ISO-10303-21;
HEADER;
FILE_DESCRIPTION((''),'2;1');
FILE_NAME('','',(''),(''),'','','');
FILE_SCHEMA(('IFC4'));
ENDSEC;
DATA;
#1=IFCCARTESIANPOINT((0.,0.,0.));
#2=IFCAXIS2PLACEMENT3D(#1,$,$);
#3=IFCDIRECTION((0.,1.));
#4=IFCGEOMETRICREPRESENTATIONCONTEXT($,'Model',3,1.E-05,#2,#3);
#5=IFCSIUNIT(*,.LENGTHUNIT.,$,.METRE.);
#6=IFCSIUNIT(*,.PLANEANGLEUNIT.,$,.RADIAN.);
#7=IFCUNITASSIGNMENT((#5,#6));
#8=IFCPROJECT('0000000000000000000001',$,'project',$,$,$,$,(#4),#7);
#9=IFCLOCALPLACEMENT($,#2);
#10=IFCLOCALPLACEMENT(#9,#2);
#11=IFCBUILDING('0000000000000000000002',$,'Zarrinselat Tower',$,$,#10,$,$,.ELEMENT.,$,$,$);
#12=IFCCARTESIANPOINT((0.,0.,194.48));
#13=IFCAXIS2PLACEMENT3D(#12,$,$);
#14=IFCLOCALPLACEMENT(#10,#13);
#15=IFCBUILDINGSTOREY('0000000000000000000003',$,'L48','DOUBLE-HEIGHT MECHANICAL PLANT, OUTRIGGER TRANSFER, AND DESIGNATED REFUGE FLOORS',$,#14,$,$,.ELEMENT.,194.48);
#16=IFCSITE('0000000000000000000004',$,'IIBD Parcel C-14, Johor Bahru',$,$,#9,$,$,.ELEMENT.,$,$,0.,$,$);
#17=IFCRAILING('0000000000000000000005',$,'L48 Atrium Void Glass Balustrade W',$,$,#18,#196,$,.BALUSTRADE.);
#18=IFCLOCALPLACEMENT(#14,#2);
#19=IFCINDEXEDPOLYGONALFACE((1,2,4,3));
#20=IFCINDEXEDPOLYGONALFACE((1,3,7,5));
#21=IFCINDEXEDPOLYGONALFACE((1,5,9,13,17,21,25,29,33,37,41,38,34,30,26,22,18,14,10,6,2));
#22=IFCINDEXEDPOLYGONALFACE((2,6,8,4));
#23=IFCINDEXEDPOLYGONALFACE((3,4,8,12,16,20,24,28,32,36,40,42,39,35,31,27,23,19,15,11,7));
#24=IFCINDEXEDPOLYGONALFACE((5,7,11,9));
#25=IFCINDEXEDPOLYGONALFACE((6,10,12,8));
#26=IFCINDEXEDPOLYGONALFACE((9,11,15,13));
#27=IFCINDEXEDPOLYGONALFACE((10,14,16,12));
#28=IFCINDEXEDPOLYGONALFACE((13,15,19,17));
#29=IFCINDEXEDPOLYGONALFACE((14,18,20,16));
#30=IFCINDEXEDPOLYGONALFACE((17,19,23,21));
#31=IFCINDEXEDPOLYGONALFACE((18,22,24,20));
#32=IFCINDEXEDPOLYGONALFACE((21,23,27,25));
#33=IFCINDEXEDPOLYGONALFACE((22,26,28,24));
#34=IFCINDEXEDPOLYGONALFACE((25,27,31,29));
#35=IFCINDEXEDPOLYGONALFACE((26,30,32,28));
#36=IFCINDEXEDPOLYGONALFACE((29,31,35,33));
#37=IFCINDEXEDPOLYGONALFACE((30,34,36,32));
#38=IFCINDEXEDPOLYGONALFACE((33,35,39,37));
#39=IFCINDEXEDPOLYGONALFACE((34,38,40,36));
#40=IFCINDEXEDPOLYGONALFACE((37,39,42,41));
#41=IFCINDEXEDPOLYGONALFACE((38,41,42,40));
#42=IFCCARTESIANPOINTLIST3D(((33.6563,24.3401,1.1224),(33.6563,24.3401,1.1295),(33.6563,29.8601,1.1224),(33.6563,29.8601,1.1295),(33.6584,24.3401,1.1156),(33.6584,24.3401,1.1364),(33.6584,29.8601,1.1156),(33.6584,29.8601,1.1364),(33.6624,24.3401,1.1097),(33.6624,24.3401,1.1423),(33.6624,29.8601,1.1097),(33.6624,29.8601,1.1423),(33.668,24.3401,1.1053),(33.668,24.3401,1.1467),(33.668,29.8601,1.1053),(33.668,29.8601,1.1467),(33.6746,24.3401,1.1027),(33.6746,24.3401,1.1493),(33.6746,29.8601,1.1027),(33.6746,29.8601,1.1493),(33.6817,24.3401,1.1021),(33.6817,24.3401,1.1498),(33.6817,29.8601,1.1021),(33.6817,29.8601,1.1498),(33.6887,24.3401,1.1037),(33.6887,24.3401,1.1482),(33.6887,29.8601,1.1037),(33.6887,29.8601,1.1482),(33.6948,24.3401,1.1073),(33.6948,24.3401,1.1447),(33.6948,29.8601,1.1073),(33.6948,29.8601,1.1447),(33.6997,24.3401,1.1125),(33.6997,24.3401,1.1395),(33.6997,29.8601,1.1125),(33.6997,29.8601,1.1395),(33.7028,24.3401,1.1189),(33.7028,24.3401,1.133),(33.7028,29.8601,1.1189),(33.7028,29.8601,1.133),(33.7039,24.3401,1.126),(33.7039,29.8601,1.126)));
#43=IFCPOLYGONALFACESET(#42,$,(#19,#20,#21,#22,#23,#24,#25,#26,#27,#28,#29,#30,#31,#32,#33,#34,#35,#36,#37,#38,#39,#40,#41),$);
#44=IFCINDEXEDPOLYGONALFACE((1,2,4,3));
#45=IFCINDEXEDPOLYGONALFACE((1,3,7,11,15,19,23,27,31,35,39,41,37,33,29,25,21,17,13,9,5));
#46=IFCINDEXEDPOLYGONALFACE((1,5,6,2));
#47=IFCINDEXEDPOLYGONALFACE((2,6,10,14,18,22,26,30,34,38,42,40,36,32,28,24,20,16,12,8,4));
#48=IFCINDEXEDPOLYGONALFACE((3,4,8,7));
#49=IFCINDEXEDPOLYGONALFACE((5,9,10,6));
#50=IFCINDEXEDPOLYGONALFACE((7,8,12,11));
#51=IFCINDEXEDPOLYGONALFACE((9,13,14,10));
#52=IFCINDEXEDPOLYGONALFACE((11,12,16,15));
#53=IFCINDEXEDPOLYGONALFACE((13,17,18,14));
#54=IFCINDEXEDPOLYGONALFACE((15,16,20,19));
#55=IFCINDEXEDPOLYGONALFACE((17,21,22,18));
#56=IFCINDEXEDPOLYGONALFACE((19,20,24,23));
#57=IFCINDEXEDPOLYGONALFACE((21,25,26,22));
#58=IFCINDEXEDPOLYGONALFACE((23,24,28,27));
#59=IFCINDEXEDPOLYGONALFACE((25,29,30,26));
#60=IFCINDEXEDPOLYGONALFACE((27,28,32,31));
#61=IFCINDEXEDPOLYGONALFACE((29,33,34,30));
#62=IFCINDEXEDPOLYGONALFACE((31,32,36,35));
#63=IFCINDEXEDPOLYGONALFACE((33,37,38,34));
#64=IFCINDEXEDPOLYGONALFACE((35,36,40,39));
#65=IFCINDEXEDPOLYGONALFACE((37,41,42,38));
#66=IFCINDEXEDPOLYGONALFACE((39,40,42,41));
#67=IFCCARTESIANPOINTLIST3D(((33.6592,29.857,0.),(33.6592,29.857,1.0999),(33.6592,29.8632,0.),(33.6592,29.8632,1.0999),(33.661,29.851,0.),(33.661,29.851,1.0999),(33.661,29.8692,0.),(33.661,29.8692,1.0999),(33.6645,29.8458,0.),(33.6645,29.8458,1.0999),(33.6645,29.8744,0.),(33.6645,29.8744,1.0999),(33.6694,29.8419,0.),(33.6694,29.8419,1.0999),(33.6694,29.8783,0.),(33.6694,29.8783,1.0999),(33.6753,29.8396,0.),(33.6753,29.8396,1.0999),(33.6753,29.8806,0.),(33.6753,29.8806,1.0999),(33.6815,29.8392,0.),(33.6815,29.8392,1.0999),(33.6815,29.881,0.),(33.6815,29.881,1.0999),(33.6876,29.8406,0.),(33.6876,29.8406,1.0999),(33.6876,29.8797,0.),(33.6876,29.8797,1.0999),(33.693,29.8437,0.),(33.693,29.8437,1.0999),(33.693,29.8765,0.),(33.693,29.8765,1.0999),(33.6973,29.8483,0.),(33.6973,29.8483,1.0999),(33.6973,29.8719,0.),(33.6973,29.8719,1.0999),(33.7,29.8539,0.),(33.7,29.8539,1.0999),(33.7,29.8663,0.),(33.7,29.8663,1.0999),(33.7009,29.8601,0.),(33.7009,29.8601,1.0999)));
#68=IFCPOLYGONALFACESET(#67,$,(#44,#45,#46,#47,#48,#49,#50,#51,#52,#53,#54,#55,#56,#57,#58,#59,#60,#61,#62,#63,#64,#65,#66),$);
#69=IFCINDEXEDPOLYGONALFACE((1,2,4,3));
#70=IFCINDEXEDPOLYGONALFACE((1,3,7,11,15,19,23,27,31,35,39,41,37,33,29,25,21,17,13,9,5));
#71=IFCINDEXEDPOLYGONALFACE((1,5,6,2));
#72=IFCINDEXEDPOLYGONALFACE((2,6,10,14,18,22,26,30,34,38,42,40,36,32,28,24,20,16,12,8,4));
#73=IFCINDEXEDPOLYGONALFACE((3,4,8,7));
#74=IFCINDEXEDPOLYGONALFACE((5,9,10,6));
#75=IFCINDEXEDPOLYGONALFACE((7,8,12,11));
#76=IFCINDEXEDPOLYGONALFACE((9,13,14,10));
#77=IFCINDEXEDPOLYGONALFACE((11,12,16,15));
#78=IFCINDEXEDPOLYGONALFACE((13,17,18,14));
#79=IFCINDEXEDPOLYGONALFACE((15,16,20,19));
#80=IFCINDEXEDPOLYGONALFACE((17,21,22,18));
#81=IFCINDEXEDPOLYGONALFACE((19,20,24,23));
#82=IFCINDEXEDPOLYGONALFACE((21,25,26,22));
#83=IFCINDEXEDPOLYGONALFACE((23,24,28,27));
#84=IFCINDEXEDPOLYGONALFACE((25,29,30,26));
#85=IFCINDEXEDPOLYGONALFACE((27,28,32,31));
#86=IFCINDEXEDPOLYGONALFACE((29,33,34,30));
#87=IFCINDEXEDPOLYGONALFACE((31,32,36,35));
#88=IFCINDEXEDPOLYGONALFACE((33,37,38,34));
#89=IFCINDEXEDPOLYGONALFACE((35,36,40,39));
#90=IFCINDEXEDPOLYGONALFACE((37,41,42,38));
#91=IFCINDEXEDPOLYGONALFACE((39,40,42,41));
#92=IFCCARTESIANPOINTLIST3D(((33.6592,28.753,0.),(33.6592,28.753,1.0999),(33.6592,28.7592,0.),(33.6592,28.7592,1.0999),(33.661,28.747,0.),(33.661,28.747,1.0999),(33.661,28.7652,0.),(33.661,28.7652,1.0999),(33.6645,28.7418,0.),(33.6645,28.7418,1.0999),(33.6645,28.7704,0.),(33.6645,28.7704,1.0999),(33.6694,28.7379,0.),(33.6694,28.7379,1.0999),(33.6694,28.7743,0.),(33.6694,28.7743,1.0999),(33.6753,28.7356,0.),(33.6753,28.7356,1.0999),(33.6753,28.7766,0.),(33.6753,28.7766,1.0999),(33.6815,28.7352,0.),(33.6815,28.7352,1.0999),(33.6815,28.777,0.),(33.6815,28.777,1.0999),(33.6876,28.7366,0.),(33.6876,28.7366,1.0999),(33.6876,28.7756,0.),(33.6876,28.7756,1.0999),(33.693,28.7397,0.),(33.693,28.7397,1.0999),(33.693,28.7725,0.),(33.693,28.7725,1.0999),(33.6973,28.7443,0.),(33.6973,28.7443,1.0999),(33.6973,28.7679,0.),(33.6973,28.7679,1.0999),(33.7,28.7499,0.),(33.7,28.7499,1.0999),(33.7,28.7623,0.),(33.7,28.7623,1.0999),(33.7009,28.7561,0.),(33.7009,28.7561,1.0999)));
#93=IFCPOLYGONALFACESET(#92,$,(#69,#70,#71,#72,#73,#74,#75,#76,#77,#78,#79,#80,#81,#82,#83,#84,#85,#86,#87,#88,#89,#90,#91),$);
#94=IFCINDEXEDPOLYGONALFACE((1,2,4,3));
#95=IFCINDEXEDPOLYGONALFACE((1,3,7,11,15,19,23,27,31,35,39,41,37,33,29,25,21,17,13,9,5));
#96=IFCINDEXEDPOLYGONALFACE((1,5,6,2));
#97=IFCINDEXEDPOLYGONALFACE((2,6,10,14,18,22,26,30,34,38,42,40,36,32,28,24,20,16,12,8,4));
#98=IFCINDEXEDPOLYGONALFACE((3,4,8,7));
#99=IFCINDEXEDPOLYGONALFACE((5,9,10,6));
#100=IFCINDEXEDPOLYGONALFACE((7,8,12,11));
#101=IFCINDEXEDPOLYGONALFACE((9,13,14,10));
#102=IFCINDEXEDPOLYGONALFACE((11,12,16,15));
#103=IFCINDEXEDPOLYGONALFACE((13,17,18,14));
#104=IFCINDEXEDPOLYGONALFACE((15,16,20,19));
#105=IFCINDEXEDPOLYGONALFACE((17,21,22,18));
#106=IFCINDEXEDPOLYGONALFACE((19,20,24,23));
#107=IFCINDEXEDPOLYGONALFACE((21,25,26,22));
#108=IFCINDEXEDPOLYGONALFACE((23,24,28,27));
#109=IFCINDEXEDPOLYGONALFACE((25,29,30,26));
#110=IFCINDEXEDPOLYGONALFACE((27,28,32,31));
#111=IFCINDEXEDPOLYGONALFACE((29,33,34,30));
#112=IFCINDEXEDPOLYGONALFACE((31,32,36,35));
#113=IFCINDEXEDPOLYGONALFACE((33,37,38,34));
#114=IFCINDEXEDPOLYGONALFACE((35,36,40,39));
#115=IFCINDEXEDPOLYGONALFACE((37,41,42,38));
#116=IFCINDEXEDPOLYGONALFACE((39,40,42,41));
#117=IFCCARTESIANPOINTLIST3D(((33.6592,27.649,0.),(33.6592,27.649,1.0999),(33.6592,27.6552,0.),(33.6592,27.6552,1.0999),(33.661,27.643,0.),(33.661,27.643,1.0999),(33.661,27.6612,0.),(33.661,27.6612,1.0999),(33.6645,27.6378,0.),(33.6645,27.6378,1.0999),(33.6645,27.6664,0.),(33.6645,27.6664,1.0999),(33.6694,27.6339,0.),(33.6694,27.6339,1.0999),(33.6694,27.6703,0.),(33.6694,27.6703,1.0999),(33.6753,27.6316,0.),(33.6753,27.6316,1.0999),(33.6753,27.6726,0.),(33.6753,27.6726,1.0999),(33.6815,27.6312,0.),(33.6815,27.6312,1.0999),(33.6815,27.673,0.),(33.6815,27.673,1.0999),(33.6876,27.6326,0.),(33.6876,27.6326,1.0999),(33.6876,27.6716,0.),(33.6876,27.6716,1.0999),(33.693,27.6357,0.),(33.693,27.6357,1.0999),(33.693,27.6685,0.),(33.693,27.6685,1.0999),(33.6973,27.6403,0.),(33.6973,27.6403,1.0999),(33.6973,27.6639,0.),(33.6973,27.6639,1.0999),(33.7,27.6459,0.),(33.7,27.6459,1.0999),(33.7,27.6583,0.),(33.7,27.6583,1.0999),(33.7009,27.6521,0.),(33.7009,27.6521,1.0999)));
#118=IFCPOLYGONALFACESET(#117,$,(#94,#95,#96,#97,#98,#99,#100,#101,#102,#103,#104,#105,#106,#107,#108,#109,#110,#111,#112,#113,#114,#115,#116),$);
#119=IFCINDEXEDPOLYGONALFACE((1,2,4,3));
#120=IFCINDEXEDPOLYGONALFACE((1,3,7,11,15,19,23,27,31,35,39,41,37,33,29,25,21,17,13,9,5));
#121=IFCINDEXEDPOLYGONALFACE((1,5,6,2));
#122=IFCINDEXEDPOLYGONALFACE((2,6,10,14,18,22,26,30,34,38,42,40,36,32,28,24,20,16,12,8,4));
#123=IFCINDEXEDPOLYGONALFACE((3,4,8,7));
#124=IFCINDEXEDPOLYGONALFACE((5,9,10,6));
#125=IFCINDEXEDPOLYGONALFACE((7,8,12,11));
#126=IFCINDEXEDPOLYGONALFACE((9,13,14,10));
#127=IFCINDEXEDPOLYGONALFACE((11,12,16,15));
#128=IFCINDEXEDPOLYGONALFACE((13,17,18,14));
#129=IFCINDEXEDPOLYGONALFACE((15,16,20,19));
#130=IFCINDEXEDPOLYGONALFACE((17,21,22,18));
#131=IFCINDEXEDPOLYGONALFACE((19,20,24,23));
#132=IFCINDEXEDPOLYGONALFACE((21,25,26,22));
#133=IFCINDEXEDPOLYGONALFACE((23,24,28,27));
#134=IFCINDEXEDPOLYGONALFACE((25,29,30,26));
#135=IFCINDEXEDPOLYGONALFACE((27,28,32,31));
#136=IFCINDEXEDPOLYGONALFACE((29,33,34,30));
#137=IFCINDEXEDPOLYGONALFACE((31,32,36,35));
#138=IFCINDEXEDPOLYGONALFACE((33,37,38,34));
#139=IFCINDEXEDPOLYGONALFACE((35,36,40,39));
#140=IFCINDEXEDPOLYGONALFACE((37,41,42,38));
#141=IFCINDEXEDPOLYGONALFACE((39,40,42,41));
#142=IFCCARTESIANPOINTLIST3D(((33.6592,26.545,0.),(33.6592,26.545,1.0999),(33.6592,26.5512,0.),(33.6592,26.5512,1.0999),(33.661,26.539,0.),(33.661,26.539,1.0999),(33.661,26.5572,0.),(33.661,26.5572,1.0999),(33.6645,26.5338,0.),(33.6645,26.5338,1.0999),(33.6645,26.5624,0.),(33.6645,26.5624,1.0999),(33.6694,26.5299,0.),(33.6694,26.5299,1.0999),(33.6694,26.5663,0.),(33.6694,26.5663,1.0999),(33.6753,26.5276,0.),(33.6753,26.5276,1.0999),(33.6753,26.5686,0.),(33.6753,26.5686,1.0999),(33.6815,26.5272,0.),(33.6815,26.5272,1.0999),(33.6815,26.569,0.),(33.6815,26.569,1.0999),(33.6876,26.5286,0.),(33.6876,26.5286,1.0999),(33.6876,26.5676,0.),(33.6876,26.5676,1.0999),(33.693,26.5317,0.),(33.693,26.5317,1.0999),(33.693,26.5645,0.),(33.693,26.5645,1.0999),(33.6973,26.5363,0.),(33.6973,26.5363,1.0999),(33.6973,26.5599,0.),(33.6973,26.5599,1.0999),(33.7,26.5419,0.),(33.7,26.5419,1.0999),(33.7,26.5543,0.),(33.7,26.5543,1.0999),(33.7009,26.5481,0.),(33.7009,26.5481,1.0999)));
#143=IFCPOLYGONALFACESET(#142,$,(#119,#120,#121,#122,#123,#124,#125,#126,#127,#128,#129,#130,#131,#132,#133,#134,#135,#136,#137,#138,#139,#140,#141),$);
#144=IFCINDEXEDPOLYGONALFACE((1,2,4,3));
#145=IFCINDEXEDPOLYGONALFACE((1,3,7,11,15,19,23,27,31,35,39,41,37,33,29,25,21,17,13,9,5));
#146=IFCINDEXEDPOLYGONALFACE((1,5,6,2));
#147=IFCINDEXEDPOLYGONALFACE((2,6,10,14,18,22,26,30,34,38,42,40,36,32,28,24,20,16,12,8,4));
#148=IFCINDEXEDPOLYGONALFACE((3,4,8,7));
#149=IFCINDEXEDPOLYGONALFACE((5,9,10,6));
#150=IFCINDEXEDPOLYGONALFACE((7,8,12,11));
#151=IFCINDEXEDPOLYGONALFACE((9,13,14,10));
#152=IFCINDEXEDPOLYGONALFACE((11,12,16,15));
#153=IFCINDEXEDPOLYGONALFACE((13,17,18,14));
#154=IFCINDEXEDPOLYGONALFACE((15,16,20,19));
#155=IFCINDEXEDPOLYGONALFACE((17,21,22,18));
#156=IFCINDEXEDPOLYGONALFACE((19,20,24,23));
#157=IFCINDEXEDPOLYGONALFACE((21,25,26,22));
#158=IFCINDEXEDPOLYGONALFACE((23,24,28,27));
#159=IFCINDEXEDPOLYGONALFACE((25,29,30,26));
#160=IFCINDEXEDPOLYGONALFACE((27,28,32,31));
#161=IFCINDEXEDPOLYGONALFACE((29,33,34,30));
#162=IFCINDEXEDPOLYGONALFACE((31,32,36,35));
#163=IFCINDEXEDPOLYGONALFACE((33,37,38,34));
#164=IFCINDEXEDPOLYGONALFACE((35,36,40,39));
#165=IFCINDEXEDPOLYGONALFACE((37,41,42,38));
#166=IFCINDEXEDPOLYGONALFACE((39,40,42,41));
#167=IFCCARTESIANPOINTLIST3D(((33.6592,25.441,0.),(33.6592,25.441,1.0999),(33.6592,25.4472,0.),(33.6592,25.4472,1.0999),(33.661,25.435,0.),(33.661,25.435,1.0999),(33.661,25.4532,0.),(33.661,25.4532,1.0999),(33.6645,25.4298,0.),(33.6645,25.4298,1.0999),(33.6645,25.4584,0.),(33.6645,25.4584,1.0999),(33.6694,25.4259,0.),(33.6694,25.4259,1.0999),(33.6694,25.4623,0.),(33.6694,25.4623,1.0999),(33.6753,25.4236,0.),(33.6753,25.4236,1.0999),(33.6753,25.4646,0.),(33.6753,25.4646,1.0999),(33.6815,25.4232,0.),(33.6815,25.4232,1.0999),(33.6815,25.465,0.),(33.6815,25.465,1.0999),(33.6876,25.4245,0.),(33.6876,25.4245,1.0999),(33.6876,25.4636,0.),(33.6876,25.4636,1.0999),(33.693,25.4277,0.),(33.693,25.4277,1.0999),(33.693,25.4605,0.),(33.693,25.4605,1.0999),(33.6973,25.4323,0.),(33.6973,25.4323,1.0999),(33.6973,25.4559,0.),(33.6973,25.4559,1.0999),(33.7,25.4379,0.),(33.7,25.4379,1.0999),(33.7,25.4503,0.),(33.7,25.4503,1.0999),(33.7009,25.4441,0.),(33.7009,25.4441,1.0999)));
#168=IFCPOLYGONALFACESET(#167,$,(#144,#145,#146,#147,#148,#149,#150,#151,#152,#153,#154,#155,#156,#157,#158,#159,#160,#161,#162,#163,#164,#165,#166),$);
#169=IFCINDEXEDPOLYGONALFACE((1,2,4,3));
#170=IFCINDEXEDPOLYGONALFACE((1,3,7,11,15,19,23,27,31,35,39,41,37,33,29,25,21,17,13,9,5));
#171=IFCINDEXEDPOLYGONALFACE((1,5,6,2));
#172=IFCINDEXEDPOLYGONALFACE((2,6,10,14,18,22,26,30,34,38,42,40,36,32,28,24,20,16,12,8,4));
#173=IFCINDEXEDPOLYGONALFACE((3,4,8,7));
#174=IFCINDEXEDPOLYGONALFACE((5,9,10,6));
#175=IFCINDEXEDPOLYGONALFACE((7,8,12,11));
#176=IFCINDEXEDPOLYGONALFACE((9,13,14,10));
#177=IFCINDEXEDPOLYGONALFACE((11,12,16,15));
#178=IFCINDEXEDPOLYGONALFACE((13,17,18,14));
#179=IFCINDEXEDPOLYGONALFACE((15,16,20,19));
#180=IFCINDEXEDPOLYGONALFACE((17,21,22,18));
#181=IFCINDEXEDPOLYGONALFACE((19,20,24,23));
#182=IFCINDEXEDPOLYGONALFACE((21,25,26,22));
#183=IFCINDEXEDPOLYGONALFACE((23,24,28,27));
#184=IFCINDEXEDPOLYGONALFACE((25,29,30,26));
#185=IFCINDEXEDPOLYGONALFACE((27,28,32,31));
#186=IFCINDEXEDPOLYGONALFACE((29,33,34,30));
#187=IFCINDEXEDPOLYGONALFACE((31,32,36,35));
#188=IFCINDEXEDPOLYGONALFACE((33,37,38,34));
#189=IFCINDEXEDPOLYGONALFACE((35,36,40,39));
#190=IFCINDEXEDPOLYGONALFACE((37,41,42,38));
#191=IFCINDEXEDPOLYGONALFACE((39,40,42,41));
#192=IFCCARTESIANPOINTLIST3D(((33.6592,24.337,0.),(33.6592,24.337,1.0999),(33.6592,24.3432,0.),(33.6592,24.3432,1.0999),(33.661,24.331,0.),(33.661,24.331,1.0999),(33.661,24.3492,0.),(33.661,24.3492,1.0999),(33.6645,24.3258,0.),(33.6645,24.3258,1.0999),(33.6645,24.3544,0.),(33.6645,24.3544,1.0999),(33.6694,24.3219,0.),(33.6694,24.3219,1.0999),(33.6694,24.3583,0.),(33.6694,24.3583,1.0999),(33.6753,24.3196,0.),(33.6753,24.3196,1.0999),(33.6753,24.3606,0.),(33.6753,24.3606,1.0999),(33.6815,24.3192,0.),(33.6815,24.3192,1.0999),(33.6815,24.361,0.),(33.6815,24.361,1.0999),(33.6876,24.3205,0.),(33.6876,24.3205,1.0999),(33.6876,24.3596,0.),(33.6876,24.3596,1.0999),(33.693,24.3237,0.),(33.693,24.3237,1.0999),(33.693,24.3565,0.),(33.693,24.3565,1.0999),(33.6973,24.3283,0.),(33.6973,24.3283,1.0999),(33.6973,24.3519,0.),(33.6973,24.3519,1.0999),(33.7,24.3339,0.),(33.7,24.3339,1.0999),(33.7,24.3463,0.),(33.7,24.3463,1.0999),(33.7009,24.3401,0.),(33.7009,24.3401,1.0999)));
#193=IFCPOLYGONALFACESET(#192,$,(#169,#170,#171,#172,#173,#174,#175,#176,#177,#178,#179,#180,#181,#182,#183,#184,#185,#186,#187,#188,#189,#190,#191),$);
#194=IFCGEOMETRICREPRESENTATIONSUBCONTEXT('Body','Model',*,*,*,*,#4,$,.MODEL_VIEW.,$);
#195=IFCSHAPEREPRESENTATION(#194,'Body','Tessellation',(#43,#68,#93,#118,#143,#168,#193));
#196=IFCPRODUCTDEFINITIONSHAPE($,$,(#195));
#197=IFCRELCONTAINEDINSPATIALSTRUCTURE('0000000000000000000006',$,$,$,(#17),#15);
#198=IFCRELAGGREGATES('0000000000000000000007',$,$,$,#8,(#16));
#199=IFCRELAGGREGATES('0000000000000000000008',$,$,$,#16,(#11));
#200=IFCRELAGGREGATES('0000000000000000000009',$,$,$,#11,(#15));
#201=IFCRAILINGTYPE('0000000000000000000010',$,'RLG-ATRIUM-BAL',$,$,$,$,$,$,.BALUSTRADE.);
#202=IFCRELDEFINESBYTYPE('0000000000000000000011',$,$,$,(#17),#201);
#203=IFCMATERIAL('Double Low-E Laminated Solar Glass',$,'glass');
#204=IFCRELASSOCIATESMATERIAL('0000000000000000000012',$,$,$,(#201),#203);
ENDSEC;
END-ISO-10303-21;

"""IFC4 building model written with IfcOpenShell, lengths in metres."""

from ifc_helpers import new_model, si_unit, direction, frame, origin, origin_2d, place, context, subcontext, project, spatial, circle, extrude, material, type_object, element, save


model = new_model("IFC4")

# Units and contexts
model_context = context("Model", 3, precision=1e-05, world=origin(), true_north=direction((0.0, 1.0)))
body_context = subcontext(model_context, "Body", "Model", "MODEL_VIEW")
ifc_project = project(units=[si_unit("LENGTHUNIT", "METRE"), si_unit("PLANEANGLEUNIT", "RADIAN")], contexts=[model_context])

# Site, building, storey
site_placement = place(None, origin())
site = spatial("IfcSite", under=ifc_project, at=site_placement, Name="IIBD Parcel C-14, Johor Bahru", CompositionType="ELEMENT", RefElevation=0.0)
building_placement = place(site_placement, origin())
building = spatial("IfcBuilding", under=site, at=building_placement, Name="Zarrinselat Tower", CompositionType="ELEMENT")
storey_placement = place(building_placement, frame((0.0, 0.0, 194.48)))
storey = spatial("IfcBuildingStorey", under=building, at=storey_placement, Name="L48", Description="DOUBLE-HEIGHT MECHANICAL PLANT, OUTRIGGER TRANSFER, AND DESIGNATED REFUGE FLOORS", CompositionType="ELEMENT", Elevation=194.48)

# Railing
ifc_material_1 = material(Name="Double Low-E Laminated Solar Glass", Category="glass")
railing_type_1 = type_object("IfcRailingType", Name="RLG-ATRIUM-BAL", PredefinedType="BALUSTRADE", material=ifc_material_1)
railing_1_placement = place(storey_placement, frame((33.6799, 29.8601, 0.0)))
element("IfcRailing", 1, at=railing_1_placement, inside=storey, type_object=railing_type_1, Name="L48 Atrium Void Glass Balustrade W", PredefinedType="BALUSTRADE", context=body_context, shape_type="SweptSolid", body=[
    extrude(circle(Radius=0.0239, at=origin_2d()), frame((0.0, 0.0, 1.126), z_axis=(0.0, -1.0, 0.0), x_axis=(1.0, 0.0, 0.0)), (0.0, 0.0, 1.0), 5.52),
    extrude(circle(Radius=0.021, at=origin_2d()), origin(), (0.0, 0.0, 1.0), 1.0999),
    extrude(circle(Radius=0.021, at=origin_2d()), frame((0.0, -1.104, 0.0)), (0.0, 0.0, 1.0), 1.0999),
    extrude(circle(Radius=0.021, at=origin_2d()), frame((0.0, -2.208, 0.0)), (0.0, 0.0, 1.0), 1.0999),
    extrude(circle(Radius=0.021, at=origin_2d()), frame((0.0, -3.312, 0.0)), (0.0, 0.0, 1.0), 1.0999),
    extrude(circle(Radius=0.021, at=origin_2d()), frame((0.0, -4.416, 0.0)), (0.0, 0.0, 1.0), 1.0999),
    extrude(circle(Radius=0.021, at=origin_2d()), frame((0.0, -5.52, 0.0)), (0.0, 0.0, 1.0), 1.0999),
])

save(model, "model.ifc")
